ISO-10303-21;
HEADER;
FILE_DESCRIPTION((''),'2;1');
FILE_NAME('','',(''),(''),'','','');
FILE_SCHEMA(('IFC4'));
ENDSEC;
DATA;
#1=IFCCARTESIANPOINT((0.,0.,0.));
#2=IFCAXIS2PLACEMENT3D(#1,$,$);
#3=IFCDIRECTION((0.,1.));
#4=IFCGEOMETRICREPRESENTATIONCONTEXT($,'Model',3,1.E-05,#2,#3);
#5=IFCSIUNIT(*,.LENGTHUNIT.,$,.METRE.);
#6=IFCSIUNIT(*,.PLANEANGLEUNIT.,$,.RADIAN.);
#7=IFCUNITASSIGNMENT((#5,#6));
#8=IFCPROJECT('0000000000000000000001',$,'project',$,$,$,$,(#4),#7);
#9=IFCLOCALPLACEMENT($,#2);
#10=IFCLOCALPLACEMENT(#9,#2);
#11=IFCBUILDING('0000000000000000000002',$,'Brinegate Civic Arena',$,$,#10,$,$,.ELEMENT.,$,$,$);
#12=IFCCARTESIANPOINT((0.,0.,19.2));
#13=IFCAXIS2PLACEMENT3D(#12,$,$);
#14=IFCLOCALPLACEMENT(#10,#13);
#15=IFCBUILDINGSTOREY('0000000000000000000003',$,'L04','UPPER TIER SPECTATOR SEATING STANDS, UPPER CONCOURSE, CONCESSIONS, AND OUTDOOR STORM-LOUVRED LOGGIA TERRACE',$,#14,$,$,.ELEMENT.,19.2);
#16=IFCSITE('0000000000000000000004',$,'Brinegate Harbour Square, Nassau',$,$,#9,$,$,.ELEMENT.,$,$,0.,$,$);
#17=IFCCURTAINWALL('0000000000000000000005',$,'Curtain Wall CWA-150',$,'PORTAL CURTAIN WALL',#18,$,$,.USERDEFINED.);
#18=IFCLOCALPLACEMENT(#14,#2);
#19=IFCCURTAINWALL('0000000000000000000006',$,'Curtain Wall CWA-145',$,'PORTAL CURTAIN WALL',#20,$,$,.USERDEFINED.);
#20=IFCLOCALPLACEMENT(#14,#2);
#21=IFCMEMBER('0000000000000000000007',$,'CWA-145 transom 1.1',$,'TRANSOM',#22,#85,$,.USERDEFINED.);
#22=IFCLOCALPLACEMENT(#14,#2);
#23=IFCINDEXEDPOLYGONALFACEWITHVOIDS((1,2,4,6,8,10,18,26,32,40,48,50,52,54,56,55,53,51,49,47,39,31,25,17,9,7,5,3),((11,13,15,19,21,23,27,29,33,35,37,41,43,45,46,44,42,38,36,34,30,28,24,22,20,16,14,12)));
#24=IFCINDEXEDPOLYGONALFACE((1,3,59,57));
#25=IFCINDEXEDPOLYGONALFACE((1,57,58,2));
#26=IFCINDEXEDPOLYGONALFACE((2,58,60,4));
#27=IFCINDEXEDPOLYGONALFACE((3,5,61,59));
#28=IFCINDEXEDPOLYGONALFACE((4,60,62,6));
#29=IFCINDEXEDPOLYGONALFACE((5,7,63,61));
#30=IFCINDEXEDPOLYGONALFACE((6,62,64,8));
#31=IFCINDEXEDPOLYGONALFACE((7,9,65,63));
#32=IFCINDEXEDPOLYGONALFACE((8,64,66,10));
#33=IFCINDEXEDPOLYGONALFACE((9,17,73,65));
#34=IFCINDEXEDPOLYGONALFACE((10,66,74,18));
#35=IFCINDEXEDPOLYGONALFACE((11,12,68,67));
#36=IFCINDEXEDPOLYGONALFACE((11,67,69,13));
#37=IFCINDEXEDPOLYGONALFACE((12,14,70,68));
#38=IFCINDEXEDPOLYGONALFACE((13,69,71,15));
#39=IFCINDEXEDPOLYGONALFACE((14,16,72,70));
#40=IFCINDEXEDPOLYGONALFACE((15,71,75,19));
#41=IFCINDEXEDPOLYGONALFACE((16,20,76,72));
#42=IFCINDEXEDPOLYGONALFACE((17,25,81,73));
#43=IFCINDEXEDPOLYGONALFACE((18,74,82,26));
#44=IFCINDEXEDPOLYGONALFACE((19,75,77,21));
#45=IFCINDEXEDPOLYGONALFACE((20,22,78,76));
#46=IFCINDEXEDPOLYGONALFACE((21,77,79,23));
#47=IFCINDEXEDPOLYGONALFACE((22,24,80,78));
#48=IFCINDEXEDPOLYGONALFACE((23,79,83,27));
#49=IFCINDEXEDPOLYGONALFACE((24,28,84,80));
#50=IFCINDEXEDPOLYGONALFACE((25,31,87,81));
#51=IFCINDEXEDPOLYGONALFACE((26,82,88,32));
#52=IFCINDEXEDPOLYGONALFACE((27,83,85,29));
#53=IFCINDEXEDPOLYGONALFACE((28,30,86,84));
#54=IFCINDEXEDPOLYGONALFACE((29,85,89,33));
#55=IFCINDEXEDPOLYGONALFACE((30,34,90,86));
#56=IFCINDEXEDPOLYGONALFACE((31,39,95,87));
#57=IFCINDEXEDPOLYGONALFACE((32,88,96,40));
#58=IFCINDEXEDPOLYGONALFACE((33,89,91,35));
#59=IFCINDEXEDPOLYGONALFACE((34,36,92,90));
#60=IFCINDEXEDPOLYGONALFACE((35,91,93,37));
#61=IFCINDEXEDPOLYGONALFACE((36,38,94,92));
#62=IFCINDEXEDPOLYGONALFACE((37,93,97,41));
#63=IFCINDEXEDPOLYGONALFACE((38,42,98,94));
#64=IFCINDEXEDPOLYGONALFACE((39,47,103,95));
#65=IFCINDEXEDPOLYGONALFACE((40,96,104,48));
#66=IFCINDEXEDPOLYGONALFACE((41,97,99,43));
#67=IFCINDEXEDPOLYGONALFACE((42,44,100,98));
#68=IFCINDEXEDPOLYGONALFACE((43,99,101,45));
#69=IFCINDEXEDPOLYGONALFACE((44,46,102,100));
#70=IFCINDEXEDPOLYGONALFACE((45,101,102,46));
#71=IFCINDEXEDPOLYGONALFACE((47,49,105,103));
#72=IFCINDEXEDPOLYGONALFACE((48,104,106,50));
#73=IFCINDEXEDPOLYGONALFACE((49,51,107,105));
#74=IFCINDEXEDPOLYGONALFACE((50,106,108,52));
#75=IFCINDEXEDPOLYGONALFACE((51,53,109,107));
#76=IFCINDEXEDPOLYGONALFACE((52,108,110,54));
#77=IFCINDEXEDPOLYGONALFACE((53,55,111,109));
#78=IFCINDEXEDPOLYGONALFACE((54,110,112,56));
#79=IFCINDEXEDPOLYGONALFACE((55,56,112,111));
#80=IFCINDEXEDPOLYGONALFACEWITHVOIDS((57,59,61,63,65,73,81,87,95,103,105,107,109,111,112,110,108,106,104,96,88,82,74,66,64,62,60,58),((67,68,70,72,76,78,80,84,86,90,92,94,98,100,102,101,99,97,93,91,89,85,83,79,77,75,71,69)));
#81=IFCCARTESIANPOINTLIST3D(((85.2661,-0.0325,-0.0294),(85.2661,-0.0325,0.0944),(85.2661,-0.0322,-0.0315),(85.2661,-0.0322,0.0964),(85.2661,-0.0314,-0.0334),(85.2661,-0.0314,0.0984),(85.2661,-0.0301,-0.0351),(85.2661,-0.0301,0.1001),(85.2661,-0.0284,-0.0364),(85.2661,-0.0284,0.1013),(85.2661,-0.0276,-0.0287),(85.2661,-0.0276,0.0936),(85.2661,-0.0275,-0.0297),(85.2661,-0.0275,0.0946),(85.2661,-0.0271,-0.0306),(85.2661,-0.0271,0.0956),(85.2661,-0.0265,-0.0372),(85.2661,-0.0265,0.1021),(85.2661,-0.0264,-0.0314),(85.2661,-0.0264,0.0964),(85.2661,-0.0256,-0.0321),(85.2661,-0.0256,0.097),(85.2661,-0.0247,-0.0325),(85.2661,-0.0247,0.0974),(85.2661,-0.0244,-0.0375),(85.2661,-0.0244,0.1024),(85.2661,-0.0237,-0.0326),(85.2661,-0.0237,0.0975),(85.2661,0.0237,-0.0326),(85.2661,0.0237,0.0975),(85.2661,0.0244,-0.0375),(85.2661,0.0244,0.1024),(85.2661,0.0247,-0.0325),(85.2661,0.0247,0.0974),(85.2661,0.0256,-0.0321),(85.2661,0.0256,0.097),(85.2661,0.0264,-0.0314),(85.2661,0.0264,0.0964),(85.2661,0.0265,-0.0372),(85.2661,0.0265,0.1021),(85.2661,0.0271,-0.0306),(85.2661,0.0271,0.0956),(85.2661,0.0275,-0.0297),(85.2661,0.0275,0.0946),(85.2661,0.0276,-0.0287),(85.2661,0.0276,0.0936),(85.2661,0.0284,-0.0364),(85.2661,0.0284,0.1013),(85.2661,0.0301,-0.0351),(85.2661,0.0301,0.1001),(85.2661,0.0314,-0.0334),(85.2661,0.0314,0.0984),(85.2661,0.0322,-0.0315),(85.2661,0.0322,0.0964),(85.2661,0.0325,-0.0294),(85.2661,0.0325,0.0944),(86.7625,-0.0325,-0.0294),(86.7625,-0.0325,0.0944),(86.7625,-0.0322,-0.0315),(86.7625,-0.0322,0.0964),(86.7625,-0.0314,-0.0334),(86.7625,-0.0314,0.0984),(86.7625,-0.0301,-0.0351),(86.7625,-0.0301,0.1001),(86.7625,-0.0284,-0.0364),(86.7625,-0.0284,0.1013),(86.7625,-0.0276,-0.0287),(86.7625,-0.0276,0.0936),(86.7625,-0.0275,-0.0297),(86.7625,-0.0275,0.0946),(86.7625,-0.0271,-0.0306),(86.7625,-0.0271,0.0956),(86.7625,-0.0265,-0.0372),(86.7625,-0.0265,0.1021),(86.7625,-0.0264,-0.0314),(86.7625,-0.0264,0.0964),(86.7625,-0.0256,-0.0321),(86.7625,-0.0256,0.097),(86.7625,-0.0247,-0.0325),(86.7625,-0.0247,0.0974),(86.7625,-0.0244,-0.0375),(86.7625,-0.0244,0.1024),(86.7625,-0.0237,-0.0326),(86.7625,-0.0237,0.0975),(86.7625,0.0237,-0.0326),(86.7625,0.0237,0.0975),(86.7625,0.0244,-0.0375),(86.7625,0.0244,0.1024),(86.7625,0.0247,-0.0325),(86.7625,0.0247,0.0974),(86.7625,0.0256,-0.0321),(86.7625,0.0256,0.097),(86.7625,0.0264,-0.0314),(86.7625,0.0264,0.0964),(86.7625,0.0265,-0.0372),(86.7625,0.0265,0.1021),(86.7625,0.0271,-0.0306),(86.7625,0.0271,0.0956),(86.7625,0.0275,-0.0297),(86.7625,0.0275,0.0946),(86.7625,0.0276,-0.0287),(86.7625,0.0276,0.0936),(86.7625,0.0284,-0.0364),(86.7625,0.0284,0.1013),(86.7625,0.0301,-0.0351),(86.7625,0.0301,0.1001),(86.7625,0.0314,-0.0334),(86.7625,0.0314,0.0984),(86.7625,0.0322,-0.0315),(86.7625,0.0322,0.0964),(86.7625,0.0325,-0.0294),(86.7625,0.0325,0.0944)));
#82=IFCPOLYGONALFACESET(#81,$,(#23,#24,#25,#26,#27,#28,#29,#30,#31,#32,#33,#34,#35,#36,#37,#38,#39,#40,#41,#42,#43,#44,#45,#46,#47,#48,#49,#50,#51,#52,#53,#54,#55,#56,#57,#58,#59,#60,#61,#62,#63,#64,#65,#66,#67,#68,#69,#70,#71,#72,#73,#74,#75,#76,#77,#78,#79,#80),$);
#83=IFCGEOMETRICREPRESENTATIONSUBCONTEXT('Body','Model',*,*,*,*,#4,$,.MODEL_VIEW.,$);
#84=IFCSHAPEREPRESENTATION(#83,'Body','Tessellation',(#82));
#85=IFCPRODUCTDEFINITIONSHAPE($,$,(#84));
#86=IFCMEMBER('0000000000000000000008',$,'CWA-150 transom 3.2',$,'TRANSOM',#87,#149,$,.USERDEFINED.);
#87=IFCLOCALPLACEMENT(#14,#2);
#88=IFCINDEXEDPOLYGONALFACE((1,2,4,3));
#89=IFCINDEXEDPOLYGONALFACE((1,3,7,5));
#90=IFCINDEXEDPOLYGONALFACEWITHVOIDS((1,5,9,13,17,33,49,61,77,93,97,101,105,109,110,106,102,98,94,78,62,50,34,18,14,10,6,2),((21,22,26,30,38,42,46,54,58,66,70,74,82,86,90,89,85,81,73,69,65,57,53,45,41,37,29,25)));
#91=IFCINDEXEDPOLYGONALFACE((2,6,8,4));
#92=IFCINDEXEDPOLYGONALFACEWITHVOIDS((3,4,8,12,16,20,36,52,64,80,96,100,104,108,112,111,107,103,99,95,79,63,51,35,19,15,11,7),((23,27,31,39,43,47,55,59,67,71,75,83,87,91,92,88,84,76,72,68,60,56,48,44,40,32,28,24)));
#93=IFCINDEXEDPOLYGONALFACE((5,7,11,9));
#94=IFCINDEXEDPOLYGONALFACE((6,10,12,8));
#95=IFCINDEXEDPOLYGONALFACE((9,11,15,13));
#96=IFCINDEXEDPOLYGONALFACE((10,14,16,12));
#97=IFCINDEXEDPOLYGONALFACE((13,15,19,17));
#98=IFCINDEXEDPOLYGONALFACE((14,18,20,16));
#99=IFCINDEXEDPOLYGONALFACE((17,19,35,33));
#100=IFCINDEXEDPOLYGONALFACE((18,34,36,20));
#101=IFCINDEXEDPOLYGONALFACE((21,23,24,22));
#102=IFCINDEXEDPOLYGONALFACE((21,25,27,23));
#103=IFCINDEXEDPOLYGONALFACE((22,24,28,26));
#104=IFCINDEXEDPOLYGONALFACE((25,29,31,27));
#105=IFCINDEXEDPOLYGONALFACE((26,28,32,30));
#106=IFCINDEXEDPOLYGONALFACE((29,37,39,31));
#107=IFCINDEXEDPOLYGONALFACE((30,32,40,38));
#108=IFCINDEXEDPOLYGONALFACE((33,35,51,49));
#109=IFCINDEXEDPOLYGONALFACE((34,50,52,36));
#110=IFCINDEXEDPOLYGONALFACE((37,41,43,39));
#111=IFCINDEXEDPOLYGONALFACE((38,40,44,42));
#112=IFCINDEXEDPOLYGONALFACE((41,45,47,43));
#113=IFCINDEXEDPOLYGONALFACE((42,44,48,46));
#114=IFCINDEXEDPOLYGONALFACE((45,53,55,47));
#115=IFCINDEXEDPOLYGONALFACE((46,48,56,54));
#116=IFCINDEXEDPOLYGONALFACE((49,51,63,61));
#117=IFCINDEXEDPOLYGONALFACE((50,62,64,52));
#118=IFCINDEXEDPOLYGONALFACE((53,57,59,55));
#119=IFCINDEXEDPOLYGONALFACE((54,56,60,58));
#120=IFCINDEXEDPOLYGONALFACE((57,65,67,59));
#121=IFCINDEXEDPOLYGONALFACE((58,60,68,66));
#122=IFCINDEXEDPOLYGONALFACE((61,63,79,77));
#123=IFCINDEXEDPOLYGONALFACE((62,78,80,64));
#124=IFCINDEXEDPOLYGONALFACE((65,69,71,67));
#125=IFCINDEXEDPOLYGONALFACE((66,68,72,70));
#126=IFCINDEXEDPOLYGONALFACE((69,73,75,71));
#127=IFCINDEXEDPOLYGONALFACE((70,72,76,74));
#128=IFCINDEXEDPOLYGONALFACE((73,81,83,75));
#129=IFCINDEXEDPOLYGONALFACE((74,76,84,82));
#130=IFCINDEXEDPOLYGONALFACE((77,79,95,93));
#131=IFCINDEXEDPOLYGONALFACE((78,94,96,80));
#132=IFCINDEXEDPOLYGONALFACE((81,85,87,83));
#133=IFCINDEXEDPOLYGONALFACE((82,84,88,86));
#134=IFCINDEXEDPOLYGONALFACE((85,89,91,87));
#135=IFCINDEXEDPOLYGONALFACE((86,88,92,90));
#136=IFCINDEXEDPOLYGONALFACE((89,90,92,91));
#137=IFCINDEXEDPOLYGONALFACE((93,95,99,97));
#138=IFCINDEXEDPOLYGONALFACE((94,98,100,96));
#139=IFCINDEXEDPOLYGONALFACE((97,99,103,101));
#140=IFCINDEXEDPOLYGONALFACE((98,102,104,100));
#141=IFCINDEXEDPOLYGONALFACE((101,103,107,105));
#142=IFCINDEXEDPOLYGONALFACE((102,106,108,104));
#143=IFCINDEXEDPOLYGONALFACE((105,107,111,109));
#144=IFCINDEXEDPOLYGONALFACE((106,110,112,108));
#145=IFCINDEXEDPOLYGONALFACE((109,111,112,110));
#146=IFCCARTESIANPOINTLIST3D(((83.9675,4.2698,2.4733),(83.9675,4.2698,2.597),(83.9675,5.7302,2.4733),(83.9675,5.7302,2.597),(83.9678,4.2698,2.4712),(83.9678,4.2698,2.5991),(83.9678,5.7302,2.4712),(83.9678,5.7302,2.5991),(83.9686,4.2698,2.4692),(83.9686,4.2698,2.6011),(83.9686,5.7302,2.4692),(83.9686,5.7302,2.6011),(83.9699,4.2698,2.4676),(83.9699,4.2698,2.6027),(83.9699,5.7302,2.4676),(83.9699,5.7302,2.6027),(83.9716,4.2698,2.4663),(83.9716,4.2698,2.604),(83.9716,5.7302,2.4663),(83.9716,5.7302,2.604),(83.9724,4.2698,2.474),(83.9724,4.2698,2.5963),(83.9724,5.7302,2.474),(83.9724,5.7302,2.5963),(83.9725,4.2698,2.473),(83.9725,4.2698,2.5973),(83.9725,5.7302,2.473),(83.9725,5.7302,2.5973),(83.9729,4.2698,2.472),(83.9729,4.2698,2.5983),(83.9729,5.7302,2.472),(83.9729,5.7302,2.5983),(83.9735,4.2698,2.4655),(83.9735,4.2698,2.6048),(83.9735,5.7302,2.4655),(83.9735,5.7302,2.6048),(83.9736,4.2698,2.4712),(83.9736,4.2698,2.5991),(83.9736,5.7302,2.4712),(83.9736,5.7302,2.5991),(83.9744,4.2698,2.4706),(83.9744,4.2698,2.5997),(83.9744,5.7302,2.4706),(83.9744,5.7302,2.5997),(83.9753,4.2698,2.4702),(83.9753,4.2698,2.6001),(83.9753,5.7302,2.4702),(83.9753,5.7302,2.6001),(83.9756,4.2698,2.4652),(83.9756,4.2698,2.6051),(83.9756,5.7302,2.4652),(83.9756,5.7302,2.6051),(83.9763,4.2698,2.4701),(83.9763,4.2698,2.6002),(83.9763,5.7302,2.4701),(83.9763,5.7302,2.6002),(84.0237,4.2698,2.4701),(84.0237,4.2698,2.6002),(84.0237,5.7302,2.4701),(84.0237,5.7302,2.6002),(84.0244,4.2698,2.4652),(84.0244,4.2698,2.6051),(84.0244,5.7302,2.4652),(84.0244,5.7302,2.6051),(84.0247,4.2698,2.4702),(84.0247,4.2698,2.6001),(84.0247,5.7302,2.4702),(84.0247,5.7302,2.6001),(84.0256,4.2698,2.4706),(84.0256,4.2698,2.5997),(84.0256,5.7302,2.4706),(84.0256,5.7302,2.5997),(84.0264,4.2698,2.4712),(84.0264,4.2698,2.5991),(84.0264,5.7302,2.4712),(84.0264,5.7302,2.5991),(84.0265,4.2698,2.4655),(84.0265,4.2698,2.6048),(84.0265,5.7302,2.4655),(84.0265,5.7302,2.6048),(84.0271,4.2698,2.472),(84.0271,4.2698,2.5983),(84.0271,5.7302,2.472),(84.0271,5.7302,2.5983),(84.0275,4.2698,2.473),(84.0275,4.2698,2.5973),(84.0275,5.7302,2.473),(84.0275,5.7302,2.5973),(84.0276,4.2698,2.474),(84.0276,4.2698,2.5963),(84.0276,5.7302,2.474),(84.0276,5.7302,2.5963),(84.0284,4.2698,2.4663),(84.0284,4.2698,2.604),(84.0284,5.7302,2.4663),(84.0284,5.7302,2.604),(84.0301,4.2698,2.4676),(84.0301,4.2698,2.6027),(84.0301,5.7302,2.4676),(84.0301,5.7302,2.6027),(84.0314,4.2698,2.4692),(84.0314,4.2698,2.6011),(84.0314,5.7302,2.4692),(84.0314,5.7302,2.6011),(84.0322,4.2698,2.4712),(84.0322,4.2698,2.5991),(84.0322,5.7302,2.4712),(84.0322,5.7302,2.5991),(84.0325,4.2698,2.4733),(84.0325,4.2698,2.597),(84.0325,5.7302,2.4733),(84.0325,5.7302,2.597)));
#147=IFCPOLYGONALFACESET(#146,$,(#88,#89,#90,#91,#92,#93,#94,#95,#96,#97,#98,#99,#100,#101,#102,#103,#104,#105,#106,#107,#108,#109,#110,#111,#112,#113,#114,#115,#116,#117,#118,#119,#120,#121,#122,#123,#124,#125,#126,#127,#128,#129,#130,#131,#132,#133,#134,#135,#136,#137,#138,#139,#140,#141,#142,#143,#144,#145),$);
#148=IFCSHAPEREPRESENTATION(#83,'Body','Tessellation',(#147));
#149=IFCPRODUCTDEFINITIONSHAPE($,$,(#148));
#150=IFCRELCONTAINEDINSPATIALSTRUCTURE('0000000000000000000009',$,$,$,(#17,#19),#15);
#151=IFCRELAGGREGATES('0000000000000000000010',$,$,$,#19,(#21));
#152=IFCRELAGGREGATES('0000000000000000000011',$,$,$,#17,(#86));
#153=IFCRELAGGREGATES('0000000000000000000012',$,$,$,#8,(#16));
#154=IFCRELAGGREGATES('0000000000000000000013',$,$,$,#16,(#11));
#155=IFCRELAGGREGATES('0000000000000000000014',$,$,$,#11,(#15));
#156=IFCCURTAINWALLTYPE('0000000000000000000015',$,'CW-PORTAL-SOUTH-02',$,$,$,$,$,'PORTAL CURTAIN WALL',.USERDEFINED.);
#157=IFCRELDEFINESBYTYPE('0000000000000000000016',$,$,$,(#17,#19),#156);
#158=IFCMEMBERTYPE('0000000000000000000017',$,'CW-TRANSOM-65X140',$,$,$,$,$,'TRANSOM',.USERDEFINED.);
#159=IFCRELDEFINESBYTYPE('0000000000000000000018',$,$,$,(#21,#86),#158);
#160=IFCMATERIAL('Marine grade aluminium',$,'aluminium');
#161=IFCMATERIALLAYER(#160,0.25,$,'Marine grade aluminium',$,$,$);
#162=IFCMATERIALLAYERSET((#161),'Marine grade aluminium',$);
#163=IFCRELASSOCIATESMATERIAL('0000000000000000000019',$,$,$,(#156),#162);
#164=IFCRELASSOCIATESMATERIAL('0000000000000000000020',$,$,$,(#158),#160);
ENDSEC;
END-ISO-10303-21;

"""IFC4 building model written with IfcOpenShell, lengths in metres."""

from ifc_helpers import new_model, si_unit, direction, frame, origin, origin_2d, place, context, subcontext, project, spatial, hollow_rectangle, extrude, material, layer, layer_set, material_profile, profile_set, type_object, element, aggregate, save


model = new_model("IFC4")

# Units and contexts
model_context = context("Model", 3, precision=1e-05, world=origin(), true_north=direction((0.0, 1.0)))
body_context = subcontext(model_context, "Body", "Model", "MODEL_VIEW")
ifc_project = project(units=[si_unit("LENGTHUNIT", "METRE"), si_unit("PLANEANGLEUNIT", "RADIAN")], contexts=[model_context])

# Site, building, storey
site_placement = place(None, origin())
site = spatial("IfcSite", under=ifc_project, at=site_placement, Name="Brinegate Harbour Square, Nassau", CompositionType="ELEMENT", RefElevation=0.0)
building_placement = place(site_placement, origin())
building = spatial("IfcBuilding", under=site, at=building_placement, Name="Brinegate Civic Arena", CompositionType="ELEMENT")
storey_placement = place(building_placement, frame((0.0, 0.0, 19.2)))
storey = spatial("IfcBuildingStorey", under=building, at=storey_placement, Name="L04", Description="UPPER TIER SPECTATOR SEATING STANDS, UPPER CONCOURSE, CONCESSIONS, AND OUTDOOR STORM-LOUVRED LOGGIA TERRACE", CompositionType="ELEMENT", Elevation=19.2)

# Curtain walls, member
ifc_material_1 = material(Name="Marine grade aluminium", Category="aluminium")
ifc_layer_1 = layer(ifc_material_1, 0.25, Name="Marine grade aluminium")
ifc_layer_set_1 = layer_set([ifc_layer_1], Name="Marine grade aluminium")
curtain_wall_type = type_object("IfcCurtainWallType", Name="CW-PORTAL-SOUTH-02", ElementType="PORTAL CURTAIN WALL", PredefinedType="USERDEFINED", material=ifc_layer_set_1)
curtain_wall_1_placement = place(storey_placement, origin())
curtain_wall_1 = element("IfcCurtainWall", 1, at=curtain_wall_1_placement, inside=storey, type_object=curtain_wall_type, Name="Curtain Wall CWA-150", ObjectType="PORTAL CURTAIN WALL", PredefinedType="USERDEFINED")
curtain_wall_2_placement = place(storey_placement, origin())
curtain_wall_2 = element("IfcCurtainWall", 2, at=curtain_wall_2_placement, inside=storey, type_object=curtain_wall_type, Name="Curtain Wall CWA-145", ObjectType="PORTAL CURTAIN WALL", PredefinedType="USERDEFINED")
ifc_material_profile_1 = material_profile(ifc_material_1, hollow_rectangle(XDim=0.0649, YDim=0.1399, WallThickness=0.0049, InnerFilletRadius=0.0039, OuterFilletRadius=0.0081, at=origin_2d()), Name="TRN65X140")
ifc_profile_set_1 = profile_set([ifc_material_profile_1], Name="Marine grade aluminium")
member_type_1 = type_object("IfcMemberType", Name="CW-TRANSOM-65X140", ElementType="TRANSOM", PredefinedType="USERDEFINED", material=ifc_profile_set_1)
member_1_placement = place(storey_placement, frame((85.2661, 0.0, 0.0325), z_axis=(1.0, 0.0, 0.0), x_axis=(0.0, 1.0, 0.0)))
member_1 = element("IfcMember", 3, at=member_1_placement, type_object=member_type_1, Name="CWA-145 transom 1.1", ObjectType="TRANSOM", PredefinedType="USERDEFINED", context=body_context, shape_type="SweptSolid", body=[
    extrude(hollow_rectangle(XDim=0.0649, YDim=0.1399, WallThickness=0.0049, InnerFilletRadius=0.0039, OuterFilletRadius=0.0081, at=origin_2d()), origin(), (0.0, 0.0, 1.0), 1.4963),
])
aggregate(curtain_wall_2, [member_1])

# Member
member_2_placement = place(storey_placement, frame((84.0, 4.2698, 2.5352), z_axis=(0.0, 1.0, 0.0), x_axis=(-1.0, 0.0, 0.0)))
member_2 = element("IfcMember", 4, at=member_2_placement, type_object=member_type_1, Name="CWA-150 transom 3.2", ObjectType="TRANSOM", PredefinedType="USERDEFINED", context=body_context, shape_type="SweptSolid", body=[
    extrude(hollow_rectangle(XDim=0.0649, YDim=0.1399, WallThickness=0.0049, InnerFilletRadius=0.0039, OuterFilletRadius=0.0081, at=origin_2d()), origin(), (0.0, 0.0, 1.0), 1.4604),
])

aggregate(curtain_wall_1, [member_2])

save(model, "model.ifc")
